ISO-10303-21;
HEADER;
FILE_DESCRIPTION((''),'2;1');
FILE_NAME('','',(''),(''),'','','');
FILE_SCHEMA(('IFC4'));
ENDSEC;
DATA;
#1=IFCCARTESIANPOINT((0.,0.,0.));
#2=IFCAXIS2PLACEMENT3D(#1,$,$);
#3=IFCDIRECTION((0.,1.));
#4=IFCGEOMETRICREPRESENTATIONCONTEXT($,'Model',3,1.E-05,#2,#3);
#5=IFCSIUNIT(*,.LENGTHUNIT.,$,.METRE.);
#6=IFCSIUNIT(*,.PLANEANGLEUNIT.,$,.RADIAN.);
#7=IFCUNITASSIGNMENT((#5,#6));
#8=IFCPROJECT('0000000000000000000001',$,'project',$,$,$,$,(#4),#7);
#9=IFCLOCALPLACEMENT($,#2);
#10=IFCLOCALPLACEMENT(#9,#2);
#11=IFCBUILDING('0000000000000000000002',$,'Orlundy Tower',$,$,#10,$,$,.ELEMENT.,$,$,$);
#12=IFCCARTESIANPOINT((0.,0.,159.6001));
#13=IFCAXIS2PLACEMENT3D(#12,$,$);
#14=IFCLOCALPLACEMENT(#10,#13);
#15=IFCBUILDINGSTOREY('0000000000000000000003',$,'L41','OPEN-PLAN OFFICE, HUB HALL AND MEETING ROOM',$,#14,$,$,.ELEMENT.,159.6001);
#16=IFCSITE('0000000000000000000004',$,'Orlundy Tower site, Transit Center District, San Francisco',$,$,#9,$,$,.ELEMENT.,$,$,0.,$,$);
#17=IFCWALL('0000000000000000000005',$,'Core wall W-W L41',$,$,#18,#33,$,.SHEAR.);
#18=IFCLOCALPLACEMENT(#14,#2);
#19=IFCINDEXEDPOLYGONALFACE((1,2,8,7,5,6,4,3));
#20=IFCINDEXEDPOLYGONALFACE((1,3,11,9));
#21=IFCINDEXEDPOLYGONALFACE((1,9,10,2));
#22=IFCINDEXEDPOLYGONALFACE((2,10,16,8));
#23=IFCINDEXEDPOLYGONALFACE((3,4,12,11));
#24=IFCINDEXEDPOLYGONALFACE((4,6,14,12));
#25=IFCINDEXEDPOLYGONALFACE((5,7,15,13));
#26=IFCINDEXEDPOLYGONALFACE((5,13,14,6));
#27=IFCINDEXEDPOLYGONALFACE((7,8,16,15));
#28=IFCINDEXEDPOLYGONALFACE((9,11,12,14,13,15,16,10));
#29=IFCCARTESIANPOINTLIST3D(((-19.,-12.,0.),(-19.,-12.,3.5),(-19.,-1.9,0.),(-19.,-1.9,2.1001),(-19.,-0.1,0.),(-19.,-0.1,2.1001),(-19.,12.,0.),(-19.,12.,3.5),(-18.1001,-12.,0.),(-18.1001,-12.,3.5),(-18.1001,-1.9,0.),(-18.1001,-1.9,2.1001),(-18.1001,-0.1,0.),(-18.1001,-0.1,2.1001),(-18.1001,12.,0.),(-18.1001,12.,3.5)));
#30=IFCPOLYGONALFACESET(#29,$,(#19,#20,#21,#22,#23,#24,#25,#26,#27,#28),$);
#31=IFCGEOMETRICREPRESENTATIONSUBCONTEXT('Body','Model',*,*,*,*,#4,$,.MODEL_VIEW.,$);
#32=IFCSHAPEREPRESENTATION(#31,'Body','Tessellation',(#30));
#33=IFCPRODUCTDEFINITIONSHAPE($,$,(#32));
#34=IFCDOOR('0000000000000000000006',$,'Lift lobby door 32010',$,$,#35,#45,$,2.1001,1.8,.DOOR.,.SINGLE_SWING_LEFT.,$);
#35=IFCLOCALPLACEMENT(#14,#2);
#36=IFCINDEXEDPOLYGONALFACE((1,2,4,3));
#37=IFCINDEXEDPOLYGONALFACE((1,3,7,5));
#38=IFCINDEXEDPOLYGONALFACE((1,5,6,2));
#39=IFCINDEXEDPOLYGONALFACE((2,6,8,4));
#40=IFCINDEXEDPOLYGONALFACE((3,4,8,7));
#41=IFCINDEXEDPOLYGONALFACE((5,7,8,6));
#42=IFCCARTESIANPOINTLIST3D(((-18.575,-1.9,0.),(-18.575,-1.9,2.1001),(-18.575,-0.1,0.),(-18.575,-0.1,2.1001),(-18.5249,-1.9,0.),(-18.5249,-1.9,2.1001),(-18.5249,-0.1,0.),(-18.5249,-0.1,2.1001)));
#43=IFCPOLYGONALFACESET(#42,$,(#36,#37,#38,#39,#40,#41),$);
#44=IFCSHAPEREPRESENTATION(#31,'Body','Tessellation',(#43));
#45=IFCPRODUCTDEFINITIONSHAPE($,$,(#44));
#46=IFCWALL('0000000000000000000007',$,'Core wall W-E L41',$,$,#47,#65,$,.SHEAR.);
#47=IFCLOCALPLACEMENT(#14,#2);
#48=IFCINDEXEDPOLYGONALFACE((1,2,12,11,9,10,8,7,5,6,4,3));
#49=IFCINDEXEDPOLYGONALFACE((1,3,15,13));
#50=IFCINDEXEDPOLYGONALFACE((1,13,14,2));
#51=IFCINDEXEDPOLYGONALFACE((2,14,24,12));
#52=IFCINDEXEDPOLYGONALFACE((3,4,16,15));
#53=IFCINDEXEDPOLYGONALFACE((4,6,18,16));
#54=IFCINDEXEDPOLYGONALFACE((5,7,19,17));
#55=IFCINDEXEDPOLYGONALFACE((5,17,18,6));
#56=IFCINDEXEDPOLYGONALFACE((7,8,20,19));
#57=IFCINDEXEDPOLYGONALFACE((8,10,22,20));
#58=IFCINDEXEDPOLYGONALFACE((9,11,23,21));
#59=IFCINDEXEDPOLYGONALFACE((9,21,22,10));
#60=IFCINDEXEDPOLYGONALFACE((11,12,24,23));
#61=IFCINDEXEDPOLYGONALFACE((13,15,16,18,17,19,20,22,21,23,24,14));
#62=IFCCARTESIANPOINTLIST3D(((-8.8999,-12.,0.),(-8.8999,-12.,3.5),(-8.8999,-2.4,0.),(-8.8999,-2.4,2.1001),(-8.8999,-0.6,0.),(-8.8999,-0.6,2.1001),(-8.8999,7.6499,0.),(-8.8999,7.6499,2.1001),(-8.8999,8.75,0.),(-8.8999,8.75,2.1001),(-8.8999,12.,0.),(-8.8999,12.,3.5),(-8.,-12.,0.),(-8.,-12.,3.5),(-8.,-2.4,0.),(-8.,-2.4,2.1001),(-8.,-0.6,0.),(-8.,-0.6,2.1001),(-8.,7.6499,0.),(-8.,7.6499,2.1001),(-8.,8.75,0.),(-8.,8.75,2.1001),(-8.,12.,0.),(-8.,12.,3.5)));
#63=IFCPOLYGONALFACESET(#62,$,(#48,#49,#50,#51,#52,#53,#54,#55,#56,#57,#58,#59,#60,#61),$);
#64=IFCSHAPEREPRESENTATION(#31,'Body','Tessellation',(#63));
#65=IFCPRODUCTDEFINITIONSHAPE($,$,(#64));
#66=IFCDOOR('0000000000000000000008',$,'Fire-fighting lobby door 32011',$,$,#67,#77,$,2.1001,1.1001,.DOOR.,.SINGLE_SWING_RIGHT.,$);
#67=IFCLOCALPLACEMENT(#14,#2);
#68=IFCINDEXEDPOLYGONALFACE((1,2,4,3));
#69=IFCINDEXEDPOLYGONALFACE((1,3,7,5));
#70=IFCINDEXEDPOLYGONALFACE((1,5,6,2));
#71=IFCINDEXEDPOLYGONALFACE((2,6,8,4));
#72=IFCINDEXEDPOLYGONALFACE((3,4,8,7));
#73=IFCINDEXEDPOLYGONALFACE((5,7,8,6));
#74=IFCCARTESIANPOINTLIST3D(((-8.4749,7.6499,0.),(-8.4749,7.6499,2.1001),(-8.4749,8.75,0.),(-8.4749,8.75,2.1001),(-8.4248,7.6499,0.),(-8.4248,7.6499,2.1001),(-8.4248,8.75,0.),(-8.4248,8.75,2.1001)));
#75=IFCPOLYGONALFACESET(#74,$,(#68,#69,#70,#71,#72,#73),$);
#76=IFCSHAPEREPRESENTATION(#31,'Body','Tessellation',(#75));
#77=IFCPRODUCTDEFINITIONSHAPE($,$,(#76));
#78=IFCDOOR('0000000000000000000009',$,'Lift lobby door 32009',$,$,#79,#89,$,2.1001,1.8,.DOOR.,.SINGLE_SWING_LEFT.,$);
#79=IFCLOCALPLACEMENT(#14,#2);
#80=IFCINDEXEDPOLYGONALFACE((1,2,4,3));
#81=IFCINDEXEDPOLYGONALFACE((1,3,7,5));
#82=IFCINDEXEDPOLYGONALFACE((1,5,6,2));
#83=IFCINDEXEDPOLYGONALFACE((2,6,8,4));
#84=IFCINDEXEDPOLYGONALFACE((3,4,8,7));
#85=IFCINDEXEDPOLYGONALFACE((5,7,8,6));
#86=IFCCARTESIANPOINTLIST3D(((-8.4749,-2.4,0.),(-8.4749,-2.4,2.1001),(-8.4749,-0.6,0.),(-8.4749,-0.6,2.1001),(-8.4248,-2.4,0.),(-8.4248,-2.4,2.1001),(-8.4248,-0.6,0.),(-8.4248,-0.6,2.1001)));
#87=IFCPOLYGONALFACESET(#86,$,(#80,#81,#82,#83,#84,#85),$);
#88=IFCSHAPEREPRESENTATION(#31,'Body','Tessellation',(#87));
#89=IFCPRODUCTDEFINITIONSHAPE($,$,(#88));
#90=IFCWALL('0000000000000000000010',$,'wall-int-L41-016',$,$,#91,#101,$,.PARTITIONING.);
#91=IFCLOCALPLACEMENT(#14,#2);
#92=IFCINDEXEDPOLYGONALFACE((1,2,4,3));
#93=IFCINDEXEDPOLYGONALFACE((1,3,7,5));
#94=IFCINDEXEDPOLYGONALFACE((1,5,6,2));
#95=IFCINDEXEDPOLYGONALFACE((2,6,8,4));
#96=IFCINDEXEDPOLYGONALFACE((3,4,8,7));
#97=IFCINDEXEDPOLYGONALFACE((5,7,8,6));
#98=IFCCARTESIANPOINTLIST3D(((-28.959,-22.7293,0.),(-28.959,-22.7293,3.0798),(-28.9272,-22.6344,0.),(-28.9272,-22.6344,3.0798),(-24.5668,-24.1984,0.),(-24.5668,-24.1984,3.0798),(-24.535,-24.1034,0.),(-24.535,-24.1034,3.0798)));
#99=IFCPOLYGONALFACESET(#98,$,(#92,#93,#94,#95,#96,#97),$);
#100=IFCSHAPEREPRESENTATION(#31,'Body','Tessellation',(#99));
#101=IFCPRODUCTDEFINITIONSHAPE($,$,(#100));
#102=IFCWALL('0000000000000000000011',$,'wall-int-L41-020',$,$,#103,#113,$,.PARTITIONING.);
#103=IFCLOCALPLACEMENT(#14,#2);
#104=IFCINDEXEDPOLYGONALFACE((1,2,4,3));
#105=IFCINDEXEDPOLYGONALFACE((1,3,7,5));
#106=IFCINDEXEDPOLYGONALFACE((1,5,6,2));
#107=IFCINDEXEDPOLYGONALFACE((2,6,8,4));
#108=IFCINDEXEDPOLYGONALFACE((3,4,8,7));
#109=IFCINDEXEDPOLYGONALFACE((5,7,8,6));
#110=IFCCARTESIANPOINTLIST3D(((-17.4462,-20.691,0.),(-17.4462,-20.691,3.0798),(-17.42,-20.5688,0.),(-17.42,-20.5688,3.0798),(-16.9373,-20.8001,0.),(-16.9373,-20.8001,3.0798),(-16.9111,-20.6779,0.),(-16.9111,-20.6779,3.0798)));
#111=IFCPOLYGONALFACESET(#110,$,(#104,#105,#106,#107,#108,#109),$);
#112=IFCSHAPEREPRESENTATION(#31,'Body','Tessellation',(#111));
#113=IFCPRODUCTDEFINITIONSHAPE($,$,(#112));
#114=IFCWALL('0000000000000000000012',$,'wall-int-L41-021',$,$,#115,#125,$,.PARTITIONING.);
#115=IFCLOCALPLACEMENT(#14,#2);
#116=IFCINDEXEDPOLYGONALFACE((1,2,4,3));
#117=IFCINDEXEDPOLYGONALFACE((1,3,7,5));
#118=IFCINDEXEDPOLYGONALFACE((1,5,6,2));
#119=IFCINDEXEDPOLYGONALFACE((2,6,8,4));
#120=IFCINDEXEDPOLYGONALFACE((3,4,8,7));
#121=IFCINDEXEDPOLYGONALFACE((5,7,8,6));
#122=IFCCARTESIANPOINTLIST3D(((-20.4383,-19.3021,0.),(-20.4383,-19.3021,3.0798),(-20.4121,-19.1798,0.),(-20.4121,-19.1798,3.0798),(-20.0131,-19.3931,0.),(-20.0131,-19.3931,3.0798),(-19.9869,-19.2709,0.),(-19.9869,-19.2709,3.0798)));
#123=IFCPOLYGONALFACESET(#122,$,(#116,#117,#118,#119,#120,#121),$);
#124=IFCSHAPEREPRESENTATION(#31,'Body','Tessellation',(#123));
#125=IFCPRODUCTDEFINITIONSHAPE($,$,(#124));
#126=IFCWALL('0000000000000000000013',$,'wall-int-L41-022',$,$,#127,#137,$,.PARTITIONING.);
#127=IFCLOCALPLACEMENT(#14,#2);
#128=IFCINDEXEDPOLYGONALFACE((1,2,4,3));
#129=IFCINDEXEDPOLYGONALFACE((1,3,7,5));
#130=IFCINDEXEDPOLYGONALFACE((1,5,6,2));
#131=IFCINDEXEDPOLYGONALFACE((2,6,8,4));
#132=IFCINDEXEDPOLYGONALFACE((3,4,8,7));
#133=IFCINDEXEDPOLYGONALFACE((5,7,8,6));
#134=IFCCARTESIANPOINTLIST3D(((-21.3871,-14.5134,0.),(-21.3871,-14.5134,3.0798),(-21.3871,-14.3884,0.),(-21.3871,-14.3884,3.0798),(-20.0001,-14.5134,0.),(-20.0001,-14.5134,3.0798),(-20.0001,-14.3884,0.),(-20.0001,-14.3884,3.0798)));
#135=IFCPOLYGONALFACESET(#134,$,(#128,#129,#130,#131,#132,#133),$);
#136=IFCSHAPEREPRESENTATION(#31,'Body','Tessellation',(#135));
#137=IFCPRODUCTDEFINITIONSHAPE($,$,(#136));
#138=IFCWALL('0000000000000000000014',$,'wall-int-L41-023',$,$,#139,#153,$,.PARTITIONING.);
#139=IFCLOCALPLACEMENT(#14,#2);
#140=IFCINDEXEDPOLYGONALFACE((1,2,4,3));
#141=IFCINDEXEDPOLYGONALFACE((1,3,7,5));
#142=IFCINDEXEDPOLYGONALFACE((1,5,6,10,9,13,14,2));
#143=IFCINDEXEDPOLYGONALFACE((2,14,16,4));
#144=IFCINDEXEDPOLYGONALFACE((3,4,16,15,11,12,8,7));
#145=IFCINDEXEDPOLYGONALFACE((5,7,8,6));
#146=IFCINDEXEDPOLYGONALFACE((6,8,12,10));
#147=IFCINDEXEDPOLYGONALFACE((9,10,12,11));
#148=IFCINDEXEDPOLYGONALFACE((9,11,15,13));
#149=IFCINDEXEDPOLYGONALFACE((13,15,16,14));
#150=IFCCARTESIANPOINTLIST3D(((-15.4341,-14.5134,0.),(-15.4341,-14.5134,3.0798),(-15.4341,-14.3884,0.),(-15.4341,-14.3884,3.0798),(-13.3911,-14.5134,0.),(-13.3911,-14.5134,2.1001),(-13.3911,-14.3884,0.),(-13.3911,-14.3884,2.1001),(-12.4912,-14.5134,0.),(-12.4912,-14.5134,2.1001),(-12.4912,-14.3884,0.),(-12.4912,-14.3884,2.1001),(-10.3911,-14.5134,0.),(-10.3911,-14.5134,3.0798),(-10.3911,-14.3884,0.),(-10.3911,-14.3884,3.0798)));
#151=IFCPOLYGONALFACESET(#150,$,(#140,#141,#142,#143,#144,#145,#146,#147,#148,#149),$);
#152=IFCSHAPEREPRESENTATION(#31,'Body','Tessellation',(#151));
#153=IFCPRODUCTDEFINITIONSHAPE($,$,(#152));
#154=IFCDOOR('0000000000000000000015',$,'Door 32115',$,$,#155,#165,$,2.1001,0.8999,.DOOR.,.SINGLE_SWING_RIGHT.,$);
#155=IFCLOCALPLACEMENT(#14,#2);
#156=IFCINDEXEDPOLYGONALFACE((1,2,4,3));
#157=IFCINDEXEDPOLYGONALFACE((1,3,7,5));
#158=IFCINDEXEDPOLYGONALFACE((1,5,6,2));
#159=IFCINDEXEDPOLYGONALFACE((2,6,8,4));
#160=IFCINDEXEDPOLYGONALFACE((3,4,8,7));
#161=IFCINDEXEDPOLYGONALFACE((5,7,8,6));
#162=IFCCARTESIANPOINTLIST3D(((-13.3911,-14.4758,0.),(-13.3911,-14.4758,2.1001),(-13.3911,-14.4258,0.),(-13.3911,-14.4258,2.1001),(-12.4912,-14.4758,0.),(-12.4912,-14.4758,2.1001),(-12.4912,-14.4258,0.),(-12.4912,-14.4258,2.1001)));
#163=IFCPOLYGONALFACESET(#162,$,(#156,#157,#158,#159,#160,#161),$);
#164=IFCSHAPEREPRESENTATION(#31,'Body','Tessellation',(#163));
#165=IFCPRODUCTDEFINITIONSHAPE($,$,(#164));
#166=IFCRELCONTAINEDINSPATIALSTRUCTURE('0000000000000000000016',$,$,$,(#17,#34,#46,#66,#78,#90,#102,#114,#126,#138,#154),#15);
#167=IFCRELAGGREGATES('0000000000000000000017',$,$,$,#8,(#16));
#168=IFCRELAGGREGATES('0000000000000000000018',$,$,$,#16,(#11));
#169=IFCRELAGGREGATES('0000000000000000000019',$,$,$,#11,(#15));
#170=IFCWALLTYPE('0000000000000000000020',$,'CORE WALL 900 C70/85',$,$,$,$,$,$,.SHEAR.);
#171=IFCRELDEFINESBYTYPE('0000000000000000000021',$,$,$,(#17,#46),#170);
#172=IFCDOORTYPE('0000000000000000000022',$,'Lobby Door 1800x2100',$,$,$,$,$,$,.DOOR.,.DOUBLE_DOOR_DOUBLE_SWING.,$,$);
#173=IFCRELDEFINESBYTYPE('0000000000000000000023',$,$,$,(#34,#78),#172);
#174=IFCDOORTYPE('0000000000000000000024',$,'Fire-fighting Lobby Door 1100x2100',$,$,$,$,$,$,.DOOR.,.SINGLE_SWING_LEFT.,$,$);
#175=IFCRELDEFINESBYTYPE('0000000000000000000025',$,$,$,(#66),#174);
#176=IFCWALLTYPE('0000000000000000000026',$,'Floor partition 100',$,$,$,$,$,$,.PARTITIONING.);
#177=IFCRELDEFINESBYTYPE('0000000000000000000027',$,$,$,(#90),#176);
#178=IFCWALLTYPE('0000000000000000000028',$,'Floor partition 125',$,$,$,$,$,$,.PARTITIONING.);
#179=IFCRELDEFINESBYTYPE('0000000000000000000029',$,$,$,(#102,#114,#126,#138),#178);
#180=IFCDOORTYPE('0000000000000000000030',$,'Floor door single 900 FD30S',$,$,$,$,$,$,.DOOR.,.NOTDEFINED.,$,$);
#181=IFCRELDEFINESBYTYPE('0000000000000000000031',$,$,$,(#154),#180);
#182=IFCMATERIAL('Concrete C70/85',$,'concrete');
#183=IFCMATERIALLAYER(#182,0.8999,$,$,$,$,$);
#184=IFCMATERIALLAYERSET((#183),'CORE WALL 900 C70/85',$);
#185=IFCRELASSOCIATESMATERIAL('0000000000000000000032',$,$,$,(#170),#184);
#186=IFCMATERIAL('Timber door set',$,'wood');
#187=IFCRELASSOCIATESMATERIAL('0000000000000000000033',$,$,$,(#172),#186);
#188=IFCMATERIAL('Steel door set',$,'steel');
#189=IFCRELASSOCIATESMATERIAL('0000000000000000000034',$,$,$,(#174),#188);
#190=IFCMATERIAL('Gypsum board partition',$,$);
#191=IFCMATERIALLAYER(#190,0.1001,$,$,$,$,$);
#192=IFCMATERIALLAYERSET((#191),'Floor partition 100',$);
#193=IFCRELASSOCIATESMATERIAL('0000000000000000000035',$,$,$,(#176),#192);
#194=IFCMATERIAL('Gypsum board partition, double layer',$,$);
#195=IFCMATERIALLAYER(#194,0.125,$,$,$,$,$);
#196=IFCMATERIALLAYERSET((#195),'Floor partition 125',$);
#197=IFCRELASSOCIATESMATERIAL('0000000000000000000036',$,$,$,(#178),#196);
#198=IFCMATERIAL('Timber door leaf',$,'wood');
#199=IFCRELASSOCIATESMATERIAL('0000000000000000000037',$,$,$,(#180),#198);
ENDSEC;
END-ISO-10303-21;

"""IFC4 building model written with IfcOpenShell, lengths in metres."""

from ifc_helpers import new_model, si_unit, direction, frame, frame_2d, origin, place, context, subcontext, project, spatial, rectangle, extrude, material, layer, layer_set, type_object, element, fill, save


model = new_model("IFC4")

# Units and contexts
model_context = context("Model", 3, precision=1e-05, world=origin(), true_north=direction((0.0, 1.0)))
body_context = subcontext(model_context, "Body", "Model", "MODEL_VIEW")
ifc_project = project(units=[si_unit("LENGTHUNIT", "METRE"), si_unit("PLANEANGLEUNIT", "RADIAN")], contexts=[model_context])

# Site, building, storey
site_placement = place(None, origin())
site = spatial("IfcSite", under=ifc_project, at=site_placement, Name="Orlundy Tower site, Transit Center District, San Francisco", CompositionType="ELEMENT", RefElevation=0.0)
building_placement = place(site_placement, origin())
building = spatial("IfcBuilding", under=site, at=building_placement, Name="Orlundy Tower", CompositionType="ELEMENT")
storey_placement = place(building_placement, frame((0.0, 0.0, 159.6001)))
storey = spatial("IfcBuildingStorey", under=building, at=storey_placement, Name="L41", Description="OPEN-PLAN OFFICE, HUB HALL AND MEETING ROOM", CompositionType="ELEMENT", Elevation=159.6001)

# Wall, opening, door
ifc_material_1 = material(Name="Concrete C70/85", Category="concrete")
ifc_layer_1 = layer(ifc_material_1, 0.8999)
ifc_layer_set_1 = layer_set([ifc_layer_1], Name="CORE WALL 900 C70/85")
wall_type_1 = type_object("IfcWallType", Name="CORE WALL 900 C70/85", PredefinedType="SHEAR", material=ifc_layer_set_1)
wall_1_placement = place(storey_placement, frame((-18.55, -12.0, 0.0), z_axis=(0.0, 0.0, 1.0), x_axis=(0.0, 1.0, 0.0)))
wall_1 = element("IfcWall", 1, at=wall_1_placement, inside=storey, type_object=wall_type_1, Name="Core wall W-W L41", PredefinedType="SHEAR", context=body_context, shape_type="SweptSolid", body=[
    extrude(rectangle(XDim=24.0, YDim=0.8999, at=frame_2d((12.0, 0.0))), origin(), (0.0, 0.0, 1.0), 3.5),
])
opening_1_placement = place(wall_1_placement, frame((10.1001, 0.0, 0.0)))
opening_1 = element("IfcOpeningElement", 2, at=opening_1_placement, cuts=wall_1, PredefinedType="OPENING", context=body_context, shape_type="SweptSolid", body=[
    extrude(rectangle(XDim=1.8, YDim=2.1001, at=frame_2d((0.8999, 1.05))), frame((0.0, 0.46, 0.0), z_axis=(0.0, -1.0, 0.0), x_axis=(1.0, 0.0, 0.0)), (0.0, 0.0, 1.0), 0.9199),
])
ifc_material_2 = material(Name="Timber door set", Category="wood")
door_type_1 = type_object("IfcDoorType", Name="Lobby Door 1800x2100", OperationType="DOUBLE_DOOR_DOUBLE_SWING", PredefinedType="DOOR", material=ifc_material_2)
door_1_placement = place(opening_1_placement, origin())
door_1 = element("IfcDoor", 3, at=door_1_placement, inside=storey, type_object=door_type_1, Name="Lift lobby door 32010", OperationType="SINGLE_SWING_LEFT", OverallHeight=2.1001, OverallWidth=1.8, PredefinedType="DOOR", context=body_context, shape_type="SweptSolid", body=[
    extrude(rectangle(XDim=1.8, YDim=2.1001, at=frame_2d((0.8999, 1.05))), frame((0.0, 0.0249, 0.0), z_axis=(0.0, -1.0, 0.0), x_axis=(1.0, 0.0, 0.0)), (0.0, 0.0, 1.0), 0.05),
])
fill(opening_1, door_1)

# Wall, openings, doors
wall_2_placement = place(storey_placement, frame((-8.45, -12.0, 0.0), z_axis=(0.0, 0.0, 1.0), x_axis=(0.0, 1.0, 0.0)))
wall_2 = element("IfcWall", 4, at=wall_2_placement, inside=storey, type_object=wall_type_1, Name="Core wall W-E L41", PredefinedType="SHEAR", context=body_context, shape_type="SweptSolid", body=[
    extrude(rectangle(XDim=24.0, YDim=0.8999, at=frame_2d((12.0, 0.0))), origin(), (0.0, 0.0, 1.0), 3.5),
])
opening_2_placement = place(wall_2_placement, frame((9.6001, 0.0, 0.0)))
opening_2 = element("IfcOpeningElement", 5, at=opening_2_placement, cuts=wall_2, PredefinedType="OPENING", context=body_context, shape_type="SweptSolid", body=[
    extrude(rectangle(XDim=1.8, YDim=2.1001, at=frame_2d((0.8999, 1.05))), frame((0.0, 0.46, 0.0), z_axis=(0.0, -1.0, 0.0), x_axis=(1.0, 0.0, 0.0)), (0.0, 0.0, 1.0), 0.9199),
])
opening_3_placement = place(wall_2_placement, frame((19.6499, 0.0, 0.0)))
opening_3 = element("IfcOpeningElement", 6, at=opening_3_placement, cuts=wall_2, PredefinedType="OPENING", context=body_context, shape_type="SweptSolid", body=[
    extrude(rectangle(XDim=1.1001, YDim=2.1001, at=frame_2d((0.55, 1.05))), frame((0.0, 0.46, 0.0), z_axis=(0.0, -1.0, 0.0), x_axis=(1.0, 0.0, 0.0)), (0.0, 0.0, 1.0), 0.9199),
])
ifc_material_3 = material(Name="Steel door set", Category="steel")
door_type_2 = type_object("IfcDoorType", Name="Fire-fighting Lobby Door 1100x2100", OperationType="SINGLE_SWING_LEFT", PredefinedType="DOOR", material=ifc_material_3)
door_2_placement = place(opening_3_placement, origin())
door_2 = element("IfcDoor", 7, at=door_2_placement, inside=storey, type_object=door_type_2, Name="Fire-fighting lobby door 32011", OperationType="SINGLE_SWING_RIGHT", OverallHeight=2.1001, OverallWidth=1.1001, PredefinedType="DOOR", context=body_context, shape_type="SweptSolid", body=[
    extrude(rectangle(XDim=1.1001, YDim=2.1001, at=frame_2d((0.55, 1.05))), frame((0.0, 0.0249, 0.0), z_axis=(0.0, -1.0, 0.0), x_axis=(1.0, 0.0, 0.0)), (0.0, 0.0, 1.0), 0.05),
])
fill(opening_3, door_2)
door_3_placement = place(opening_2_placement, origin())
door_3 = element("IfcDoor", 8, at=door_3_placement, inside=storey, type_object=door_type_1, Name="Lift lobby door 32009", OperationType="SINGLE_SWING_LEFT", OverallHeight=2.1001, OverallWidth=1.8, PredefinedType="DOOR", context=body_context, shape_type="SweptSolid", body=[
    extrude(rectangle(XDim=1.8, YDim=2.1001, at=frame_2d((0.8999, 1.05))), frame((0.0, 0.0249, 0.0), z_axis=(0.0, -1.0, 0.0), x_axis=(1.0, 0.0, 0.0)), (0.0, 0.0, 1.0), 0.05),
])
fill(opening_2, door_3)

# Walls
ifc_material_4 = material(Name="Gypsum board partition")
ifc_layer_2 = layer(ifc_material_4, 0.1001)
ifc_layer_set_2 = layer_set([ifc_layer_2], Name="Floor partition 100")
wall_type_2 = type_object("IfcWallType", Name="Floor partition 100", PredefinedType="PARTITIONING", material=ifc_layer_set_2)
wall_3_placement = place(storey_placement, frame((-28.9431, -22.6819, 0.0), z_axis=(0.0, 0.0, 1.0), x_axis=(0.948361, -0.317192, 0.0)))
element("IfcWall", 9, at=wall_3_placement, inside=storey, type_object=wall_type_2, Name="wall-int-L41-016", PredefinedType="PARTITIONING", context=body_context, shape_type="SweptSolid", body=[
    extrude(rectangle(XDim=4.6313, YDim=0.1001, at=frame_2d((2.3157, 0.0))), origin(), (0.0, 0.0, 1.0), 3.0798),
])
ifc_material_5 = material(Name="Gypsum board partition, double layer")
ifc_layer_3 = layer(ifc_material_5, 0.125)
ifc_layer_set_3 = layer_set([ifc_layer_3], Name="Floor partition 125")
wall_type_3 = type_object("IfcWallType", Name="Floor partition 125", PredefinedType="PARTITIONING", material=ifc_layer_set_3)
wall_4_placement = place(storey_placement, frame((-17.4331, -20.6299, 0.0), z_axis=(0.0, 0.0, 1.0), x_axis=(0.977782, -0.209625, 0.0)))
element("IfcWall", 10, at=wall_4_placement, inside=storey, type_object=wall_type_3, Name="wall-int-L41-020", PredefinedType="PARTITIONING", context=body_context, shape_type="SweptSolid", body=[
    extrude(rectangle(XDim=0.5205, YDim=0.125, at=frame_2d((0.2603, 0.0))), origin(), (0.0, 0.0, 1.0), 3.0798),
])
wall_5_placement = place(storey_placement, frame((-20.425, -19.241, 0.0), z_axis=(0.0, 0.0, 1.0), x_axis=(0.977811, -0.209491, 0.0)))
element("IfcWall", 11, at=wall_5_placement, inside=storey, type_object=wall_type_3, Name="wall-int-L41-021", PredefinedType="PARTITIONING", context=body_context, shape_type="SweptSolid", body=[
    extrude(rectangle(XDim=0.4348, YDim=0.125, at=frame_2d((0.2173, 0.0))), origin(), (0.0, 0.0, 1.0), 3.0798),
])
wall_6_placement = place(storey_placement, frame((-21.387, -14.4509, 0.0), z_axis=(0.0, 0.0, 1.0), x_axis=(1.0, 0.0, 0.0)))
element("IfcWall", 12, at=wall_6_placement, inside=storey, type_object=wall_type_3, Name="wall-int-L41-022", PredefinedType="PARTITIONING", context=body_context, shape_type="SweptSolid", body=[
    extrude(rectangle(XDim=1.387, YDim=0.125, at=frame_2d((0.6934, 0.0))), origin(), (0.0, 0.0, 1.0), 3.0798),
])

# Wall, opening, door
wall_7_placement = place(storey_placement, frame((-10.3911, -14.4509, 0.0), z_axis=(0.0, 0.0, 1.0), x_axis=(-1.0, 0.0, 0.0)))
wall_7 = element("IfcWall", 13, at=wall_7_placement, inside=storey, type_object=wall_type_3, Name="wall-int-L41-023", PredefinedType="PARTITIONING", context=body_context, shape_type="SweptSolid", body=[
    extrude(rectangle(XDim=5.043, YDim=0.125, at=frame_2d((2.5215, 0.0))), origin(), (0.0, 0.0, 1.0), 3.0798),
])
opening_4_placement = place(wall_7_placement, frame((2.1001, 0.0, 0.0)))
opening_4 = element("IfcOpeningElement", 14, at=opening_4_placement, cuts=wall_7, PredefinedType="OPENING", context=body_context, shape_type="SweptSolid", body=[
    extrude(rectangle(XDim=0.8999, YDim=2.1001, at=frame_2d((0.45, 1.05))), frame((0.0, 0.0725, 0.0), z_axis=(0.0, -1.0, 0.0), x_axis=(1.0, 0.0, 0.0)), (0.0, 0.0, 1.0), 0.145),
])
ifc_material_6 = material(Name="Timber door leaf", Category="wood")
door_type_3 = type_object("IfcDoorType", Name="Floor door single 900 FD30S", OperationType="NOTDEFINED", PredefinedType="DOOR", material=ifc_material_6)
door_4_placement = place(opening_4_placement, origin())
door_4 = element("IfcDoor", 15, at=door_4_placement, inside=storey, type_object=door_type_3, Name="Door 32115", OperationType="SINGLE_SWING_RIGHT", OverallHeight=2.1001, OverallWidth=0.8999, PredefinedType="DOOR", context=body_context, shape_type="SweptSolid", body=[
    extrude(rectangle(XDim=0.8999, YDim=2.1001, at=frame_2d((0.45, 1.05))), frame((0.0, 0.0249, 0.0), z_axis=(0.0, -1.0, 0.0), x_axis=(1.0, 0.0, 0.0)), (0.0, 0.0, 1.0), 0.05),
])
fill(opening_4, door_4)

save(model, "model.ifc")
